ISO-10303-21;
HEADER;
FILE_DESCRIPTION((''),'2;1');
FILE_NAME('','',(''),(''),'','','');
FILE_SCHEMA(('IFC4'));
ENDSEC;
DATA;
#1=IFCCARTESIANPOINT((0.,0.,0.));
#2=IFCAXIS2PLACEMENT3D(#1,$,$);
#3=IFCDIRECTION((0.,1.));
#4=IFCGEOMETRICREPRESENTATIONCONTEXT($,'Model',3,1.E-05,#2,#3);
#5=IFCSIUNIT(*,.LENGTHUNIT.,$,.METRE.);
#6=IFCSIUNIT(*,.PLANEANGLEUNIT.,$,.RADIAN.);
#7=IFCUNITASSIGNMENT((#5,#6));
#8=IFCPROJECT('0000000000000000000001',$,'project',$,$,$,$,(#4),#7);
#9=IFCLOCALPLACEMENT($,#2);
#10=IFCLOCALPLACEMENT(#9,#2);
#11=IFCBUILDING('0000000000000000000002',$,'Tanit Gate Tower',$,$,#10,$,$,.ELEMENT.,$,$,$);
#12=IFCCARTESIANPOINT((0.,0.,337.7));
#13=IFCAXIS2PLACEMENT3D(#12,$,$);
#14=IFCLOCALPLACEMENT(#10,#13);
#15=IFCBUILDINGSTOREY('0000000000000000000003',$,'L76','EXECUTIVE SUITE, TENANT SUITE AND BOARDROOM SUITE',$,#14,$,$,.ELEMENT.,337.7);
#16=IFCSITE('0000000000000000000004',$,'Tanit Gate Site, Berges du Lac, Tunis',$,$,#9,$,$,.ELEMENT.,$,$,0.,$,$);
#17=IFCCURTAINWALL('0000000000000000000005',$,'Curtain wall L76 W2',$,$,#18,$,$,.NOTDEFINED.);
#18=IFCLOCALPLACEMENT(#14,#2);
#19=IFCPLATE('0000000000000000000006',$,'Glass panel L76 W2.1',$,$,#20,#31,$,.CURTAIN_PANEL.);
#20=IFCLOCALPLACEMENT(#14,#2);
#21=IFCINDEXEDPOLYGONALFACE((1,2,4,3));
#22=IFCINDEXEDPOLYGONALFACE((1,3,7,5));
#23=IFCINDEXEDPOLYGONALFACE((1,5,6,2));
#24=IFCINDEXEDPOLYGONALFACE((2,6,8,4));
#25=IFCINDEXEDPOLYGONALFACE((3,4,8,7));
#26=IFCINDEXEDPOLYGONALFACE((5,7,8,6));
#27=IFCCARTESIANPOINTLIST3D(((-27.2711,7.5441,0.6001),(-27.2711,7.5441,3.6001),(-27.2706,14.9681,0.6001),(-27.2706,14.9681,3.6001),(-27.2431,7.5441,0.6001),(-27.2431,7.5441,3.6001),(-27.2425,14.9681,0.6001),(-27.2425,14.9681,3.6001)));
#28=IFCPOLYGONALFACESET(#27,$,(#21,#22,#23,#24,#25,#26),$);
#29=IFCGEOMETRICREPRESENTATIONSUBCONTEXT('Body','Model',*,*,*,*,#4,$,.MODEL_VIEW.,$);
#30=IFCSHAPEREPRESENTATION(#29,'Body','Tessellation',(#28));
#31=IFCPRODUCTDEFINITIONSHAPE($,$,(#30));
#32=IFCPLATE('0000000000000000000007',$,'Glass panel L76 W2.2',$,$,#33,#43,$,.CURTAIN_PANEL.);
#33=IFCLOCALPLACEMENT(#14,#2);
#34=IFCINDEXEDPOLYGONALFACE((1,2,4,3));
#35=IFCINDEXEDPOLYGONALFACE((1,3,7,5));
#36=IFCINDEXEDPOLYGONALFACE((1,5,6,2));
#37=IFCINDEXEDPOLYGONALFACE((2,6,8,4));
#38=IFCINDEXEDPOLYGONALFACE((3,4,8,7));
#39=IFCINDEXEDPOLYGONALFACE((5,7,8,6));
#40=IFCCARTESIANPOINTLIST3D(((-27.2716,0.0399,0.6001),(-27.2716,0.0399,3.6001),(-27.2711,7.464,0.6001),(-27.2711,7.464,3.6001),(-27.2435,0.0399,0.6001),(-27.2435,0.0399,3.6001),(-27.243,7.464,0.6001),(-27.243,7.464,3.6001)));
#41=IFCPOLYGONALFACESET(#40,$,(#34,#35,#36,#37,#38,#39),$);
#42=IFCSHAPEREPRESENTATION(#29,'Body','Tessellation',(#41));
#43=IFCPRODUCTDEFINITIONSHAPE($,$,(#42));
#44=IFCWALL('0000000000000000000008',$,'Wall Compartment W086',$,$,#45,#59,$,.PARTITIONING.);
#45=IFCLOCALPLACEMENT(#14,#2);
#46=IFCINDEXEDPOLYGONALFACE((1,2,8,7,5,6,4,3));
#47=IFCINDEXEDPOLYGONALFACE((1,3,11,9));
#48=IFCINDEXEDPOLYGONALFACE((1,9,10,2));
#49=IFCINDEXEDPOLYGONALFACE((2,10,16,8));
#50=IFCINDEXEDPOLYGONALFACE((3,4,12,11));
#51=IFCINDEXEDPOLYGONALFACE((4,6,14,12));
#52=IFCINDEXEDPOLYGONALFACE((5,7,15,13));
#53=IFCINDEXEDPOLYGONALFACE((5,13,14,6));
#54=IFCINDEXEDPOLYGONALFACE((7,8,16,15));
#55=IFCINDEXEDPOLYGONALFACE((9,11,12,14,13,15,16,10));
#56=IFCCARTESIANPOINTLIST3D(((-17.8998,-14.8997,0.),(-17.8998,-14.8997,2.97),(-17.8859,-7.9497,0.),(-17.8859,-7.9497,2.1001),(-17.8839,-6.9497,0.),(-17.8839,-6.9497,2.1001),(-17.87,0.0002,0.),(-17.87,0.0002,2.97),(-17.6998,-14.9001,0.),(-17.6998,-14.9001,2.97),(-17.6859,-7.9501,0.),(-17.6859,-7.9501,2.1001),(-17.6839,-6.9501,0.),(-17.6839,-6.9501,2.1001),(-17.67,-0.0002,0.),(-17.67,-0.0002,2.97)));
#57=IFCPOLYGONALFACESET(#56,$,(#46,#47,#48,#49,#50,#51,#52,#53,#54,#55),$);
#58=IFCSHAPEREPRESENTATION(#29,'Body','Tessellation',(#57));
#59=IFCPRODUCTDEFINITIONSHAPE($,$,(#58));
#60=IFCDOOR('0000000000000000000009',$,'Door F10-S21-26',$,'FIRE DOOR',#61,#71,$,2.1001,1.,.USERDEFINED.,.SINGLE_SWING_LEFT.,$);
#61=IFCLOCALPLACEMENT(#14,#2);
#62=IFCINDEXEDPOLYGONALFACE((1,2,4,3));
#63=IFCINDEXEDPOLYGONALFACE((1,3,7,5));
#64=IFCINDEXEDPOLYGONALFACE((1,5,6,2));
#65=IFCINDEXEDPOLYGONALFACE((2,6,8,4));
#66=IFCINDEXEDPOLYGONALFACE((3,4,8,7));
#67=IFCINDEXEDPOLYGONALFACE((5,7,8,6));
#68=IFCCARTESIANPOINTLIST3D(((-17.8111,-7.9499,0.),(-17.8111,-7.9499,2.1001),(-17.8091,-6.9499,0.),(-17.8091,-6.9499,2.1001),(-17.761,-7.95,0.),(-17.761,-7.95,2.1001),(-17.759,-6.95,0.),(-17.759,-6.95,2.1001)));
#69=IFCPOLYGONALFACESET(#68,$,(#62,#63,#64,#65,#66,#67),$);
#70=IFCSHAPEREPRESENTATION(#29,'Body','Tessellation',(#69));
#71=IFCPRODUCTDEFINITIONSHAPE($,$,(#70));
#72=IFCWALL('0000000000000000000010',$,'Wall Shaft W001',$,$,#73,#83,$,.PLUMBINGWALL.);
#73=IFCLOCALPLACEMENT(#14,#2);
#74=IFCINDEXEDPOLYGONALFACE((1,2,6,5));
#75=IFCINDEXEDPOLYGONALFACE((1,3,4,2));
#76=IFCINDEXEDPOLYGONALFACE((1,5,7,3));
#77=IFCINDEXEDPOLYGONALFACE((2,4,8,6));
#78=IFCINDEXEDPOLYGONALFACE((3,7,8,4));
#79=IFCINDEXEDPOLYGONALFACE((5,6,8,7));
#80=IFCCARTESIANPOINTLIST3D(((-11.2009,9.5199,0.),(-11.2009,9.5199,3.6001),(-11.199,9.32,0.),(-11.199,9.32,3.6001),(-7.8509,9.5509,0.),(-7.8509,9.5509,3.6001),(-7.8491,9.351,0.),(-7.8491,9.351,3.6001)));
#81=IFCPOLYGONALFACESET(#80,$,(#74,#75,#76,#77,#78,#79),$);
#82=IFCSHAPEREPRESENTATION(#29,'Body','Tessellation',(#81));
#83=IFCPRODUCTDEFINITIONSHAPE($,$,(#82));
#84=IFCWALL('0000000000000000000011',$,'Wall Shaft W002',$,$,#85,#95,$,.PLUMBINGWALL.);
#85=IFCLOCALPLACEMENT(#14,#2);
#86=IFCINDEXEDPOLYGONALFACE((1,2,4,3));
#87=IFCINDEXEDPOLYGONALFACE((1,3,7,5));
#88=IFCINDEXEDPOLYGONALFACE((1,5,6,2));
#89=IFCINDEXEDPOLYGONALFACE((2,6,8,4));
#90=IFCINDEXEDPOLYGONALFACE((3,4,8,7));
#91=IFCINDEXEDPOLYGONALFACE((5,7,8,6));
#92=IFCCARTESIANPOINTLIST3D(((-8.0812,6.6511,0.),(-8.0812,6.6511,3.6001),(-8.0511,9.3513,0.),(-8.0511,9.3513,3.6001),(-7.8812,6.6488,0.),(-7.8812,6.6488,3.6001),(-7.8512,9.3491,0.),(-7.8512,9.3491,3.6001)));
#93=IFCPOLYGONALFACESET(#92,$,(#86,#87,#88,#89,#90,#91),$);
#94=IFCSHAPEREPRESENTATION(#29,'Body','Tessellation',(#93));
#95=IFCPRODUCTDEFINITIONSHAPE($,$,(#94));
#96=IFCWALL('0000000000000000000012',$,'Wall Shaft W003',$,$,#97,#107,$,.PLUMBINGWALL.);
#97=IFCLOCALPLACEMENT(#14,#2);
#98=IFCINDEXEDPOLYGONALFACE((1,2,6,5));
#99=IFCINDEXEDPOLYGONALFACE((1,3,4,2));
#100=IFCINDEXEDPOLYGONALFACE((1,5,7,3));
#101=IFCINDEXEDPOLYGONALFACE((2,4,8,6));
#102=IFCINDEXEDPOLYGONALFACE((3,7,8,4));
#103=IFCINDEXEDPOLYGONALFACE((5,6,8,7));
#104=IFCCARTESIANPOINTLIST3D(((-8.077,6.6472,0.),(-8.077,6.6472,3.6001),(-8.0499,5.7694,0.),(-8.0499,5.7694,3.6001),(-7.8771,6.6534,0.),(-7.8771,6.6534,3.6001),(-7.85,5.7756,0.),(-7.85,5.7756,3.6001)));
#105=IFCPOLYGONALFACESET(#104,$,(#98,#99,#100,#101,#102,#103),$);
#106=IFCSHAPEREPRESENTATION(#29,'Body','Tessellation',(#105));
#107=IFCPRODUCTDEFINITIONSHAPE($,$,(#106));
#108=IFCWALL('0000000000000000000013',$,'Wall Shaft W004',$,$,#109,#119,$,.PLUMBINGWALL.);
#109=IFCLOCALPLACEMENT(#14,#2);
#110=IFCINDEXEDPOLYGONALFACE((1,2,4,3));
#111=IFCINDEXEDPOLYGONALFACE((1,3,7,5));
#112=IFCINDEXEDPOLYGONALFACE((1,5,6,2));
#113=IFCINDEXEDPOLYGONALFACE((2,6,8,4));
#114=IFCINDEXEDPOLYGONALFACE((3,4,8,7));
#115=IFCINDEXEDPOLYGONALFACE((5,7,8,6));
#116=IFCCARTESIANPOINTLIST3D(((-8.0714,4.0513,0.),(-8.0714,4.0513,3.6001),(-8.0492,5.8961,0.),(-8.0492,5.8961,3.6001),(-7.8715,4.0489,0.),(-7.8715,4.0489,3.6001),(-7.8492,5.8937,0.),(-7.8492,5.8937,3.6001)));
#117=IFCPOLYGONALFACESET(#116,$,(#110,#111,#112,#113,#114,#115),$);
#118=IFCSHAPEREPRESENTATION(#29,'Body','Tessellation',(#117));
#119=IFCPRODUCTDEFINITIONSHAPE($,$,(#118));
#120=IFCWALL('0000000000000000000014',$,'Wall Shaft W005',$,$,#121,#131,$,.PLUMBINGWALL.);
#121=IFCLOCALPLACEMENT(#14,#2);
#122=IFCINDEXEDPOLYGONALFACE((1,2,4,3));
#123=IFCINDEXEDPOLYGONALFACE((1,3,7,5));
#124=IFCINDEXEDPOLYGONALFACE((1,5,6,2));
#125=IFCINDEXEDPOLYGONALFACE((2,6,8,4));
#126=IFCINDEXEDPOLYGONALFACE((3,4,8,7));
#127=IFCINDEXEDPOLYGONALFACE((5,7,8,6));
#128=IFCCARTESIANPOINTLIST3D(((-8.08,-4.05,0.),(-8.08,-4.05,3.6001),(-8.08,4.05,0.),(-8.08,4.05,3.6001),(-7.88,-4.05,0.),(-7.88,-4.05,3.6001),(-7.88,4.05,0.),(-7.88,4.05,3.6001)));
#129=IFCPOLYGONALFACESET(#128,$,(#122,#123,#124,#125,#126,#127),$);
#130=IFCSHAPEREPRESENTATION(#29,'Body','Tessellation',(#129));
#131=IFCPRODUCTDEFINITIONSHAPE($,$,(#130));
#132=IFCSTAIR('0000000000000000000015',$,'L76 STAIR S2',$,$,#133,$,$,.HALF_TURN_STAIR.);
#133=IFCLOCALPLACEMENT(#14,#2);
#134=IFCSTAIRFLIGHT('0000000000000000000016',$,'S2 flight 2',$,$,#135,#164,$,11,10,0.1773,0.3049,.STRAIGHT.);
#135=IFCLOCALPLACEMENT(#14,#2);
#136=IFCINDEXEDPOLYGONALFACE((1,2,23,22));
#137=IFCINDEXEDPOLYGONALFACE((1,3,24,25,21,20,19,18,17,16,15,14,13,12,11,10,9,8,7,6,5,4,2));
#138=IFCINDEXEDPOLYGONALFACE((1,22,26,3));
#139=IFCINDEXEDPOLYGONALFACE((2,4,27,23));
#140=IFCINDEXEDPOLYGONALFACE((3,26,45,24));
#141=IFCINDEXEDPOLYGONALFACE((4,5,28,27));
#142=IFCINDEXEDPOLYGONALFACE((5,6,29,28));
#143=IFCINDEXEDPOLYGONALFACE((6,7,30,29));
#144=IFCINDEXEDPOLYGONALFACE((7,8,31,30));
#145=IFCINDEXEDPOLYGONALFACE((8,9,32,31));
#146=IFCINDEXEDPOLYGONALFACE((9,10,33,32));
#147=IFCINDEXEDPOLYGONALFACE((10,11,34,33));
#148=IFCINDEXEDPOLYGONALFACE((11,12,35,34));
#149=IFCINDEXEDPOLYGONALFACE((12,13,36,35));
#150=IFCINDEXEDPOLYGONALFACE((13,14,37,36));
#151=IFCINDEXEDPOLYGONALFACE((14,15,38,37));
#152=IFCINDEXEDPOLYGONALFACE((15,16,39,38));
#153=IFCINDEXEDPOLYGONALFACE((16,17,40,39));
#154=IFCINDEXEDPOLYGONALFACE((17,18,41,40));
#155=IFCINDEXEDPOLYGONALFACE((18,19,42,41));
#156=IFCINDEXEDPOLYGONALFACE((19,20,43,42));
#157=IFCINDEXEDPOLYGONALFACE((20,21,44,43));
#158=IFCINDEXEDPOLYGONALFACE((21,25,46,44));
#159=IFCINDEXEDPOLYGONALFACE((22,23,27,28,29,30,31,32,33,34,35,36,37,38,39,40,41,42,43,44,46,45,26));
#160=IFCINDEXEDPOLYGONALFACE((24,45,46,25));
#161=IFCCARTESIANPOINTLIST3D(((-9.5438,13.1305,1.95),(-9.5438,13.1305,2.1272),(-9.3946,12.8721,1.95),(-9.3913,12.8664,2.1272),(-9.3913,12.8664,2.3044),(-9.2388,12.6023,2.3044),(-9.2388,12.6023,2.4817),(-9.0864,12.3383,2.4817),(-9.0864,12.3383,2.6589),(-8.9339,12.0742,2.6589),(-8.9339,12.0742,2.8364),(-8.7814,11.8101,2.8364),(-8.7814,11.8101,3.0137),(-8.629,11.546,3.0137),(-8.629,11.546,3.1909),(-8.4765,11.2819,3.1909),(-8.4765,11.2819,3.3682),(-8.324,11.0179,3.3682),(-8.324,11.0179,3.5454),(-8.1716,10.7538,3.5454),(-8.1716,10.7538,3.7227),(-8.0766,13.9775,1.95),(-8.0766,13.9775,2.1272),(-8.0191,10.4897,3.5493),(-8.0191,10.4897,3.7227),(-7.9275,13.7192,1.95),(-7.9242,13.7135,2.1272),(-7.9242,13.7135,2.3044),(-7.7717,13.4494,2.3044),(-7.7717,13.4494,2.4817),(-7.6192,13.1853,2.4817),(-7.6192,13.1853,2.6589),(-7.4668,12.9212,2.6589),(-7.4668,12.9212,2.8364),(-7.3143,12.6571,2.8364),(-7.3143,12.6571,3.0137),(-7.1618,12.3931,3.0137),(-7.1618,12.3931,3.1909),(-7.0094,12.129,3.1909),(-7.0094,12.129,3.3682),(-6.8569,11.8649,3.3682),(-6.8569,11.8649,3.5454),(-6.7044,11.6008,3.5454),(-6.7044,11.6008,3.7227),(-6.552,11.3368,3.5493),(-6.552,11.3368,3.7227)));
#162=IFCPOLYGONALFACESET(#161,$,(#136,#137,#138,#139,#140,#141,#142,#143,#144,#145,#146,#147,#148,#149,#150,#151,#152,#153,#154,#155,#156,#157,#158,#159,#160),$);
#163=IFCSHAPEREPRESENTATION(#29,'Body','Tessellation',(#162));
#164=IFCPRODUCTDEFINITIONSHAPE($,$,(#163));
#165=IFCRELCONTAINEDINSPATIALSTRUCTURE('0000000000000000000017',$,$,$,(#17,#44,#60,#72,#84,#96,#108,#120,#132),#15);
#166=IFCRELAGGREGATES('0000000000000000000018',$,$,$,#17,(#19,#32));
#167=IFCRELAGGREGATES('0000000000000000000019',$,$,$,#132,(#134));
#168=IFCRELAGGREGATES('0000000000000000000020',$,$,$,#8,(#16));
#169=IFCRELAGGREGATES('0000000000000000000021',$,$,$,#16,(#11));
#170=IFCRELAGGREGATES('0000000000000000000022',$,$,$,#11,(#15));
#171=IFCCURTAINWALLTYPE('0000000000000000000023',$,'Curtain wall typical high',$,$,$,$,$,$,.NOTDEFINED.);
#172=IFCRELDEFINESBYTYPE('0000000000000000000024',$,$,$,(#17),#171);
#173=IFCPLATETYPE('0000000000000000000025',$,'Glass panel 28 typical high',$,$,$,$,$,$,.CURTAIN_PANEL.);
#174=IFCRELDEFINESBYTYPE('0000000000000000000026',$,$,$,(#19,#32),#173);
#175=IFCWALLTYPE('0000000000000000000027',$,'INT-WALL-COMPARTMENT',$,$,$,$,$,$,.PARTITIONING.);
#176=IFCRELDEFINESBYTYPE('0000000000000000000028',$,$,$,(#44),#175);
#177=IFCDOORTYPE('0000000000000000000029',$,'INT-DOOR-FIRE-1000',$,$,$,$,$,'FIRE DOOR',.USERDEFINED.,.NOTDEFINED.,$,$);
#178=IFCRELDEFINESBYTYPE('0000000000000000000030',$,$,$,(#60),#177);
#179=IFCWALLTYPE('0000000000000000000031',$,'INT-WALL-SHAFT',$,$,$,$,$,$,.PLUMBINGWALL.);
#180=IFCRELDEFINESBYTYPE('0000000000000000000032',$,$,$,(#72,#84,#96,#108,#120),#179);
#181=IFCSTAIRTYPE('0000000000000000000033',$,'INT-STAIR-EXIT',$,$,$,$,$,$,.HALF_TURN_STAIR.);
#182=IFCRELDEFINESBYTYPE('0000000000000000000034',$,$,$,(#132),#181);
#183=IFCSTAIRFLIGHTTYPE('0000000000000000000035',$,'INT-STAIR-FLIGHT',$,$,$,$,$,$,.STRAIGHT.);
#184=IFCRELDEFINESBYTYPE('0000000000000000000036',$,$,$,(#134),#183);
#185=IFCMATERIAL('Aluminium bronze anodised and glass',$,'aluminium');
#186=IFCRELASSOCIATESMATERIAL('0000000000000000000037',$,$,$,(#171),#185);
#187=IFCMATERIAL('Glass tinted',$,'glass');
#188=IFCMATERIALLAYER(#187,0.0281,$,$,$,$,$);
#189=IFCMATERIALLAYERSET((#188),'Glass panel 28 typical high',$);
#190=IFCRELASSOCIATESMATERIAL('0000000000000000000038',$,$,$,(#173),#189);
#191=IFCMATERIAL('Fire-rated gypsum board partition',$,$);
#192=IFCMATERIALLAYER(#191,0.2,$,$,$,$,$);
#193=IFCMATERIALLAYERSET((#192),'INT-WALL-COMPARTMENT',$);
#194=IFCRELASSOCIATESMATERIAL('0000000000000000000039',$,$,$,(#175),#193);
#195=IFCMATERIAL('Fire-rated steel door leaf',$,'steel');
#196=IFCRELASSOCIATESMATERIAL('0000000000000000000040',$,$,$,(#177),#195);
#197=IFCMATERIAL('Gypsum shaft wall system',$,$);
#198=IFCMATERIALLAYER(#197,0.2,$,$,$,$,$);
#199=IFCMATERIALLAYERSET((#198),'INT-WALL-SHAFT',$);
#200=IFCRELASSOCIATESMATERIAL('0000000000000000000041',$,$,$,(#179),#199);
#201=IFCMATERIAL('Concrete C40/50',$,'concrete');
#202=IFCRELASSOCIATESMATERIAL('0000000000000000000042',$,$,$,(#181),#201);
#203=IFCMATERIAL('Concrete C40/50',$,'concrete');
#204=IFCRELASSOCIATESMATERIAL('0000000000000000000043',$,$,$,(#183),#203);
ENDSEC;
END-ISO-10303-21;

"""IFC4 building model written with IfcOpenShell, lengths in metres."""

from ifc_helpers import new_model, si_unit, direction, frame, frame_2d, origin, origin_2d, place, context, subcontext, project, spatial, polyline, rectangle, outline, extrude, material, layer, layer_set, type_object, element, fill, aggregate, save


model = new_model("IFC4")

# Units and contexts
model_context = context("Model", 3, precision=1e-05, world=origin(), true_north=direction((0.0, 1.0)))
body_context = subcontext(model_context, "Body", "Model", "MODEL_VIEW")
ifc_project = project(units=[si_unit("LENGTHUNIT", "METRE"), si_unit("PLANEANGLEUNIT", "RADIAN")], contexts=[model_context])

# Site, building, storey
site_placement = place(None, origin())
site = spatial("IfcSite", under=ifc_project, at=site_placement, Name="Tanit Gate Site, Berges du Lac, Tunis", CompositionType="ELEMENT", RefElevation=0.0)
building_placement = place(site_placement, origin())
building = spatial("IfcBuilding", under=site, at=building_placement, Name="Tanit Gate Tower", CompositionType="ELEMENT")
storey_placement = place(building_placement, frame((0.0, 0.0, 337.7)))
storey = spatial("IfcBuildingStorey", under=building, at=storey_placement, Name="L76", Description="EXECUTIVE SUITE, TENANT SUITE AND BOARDROOM SUITE", CompositionType="ELEMENT", Elevation=337.7)

# Curtain wall
ifc_material_1 = material(Name="Aluminium bronze anodised and glass", Category="aluminium")
curtain_wall_type = type_object("IfcCurtainWallType", Name="Curtain wall typical high", PredefinedType="NOTDEFINED", material=ifc_material_1)
curtain_wall_1_placement = place(storey_placement, origin())
curtain_wall_1 = element("IfcCurtainWall", 1, at=curtain_wall_1_placement, inside=storey, type_object=curtain_wall_type, Name="Curtain wall L76 W2", PredefinedType="NOTDEFINED")

# Plates
ifc_material_2 = material(Name="Glass tinted", Category="glass")
ifc_layer_1 = layer(ifc_material_2, 0.0281)
ifc_layer_set_1 = layer_set([ifc_layer_1], Name="Glass panel 28 typical high")
plate_type = type_object("IfcPlateType", Name="Glass panel 28 typical high", PredefinedType="CURTAIN_PANEL", material=ifc_layer_set_1)
plate_1_placement = place(storey_placement, frame((-27.2568, 11.2561, 0.6001), z_axis=(0.0, 0.0, 1.0), x_axis=(-0.000069, -1.0, 0.0)))
plate_1 = element("IfcPlate", 2, at=plate_1_placement, type_object=plate_type, Name="Glass panel L76 W2.1", PredefinedType="CURTAIN_PANEL", context=body_context, shape_type="SweptSolid", body=[
    extrude(rectangle(XDim=7.4241, YDim=0.0281, at=origin_2d()), origin(), (0.0, 0.0, 1.0), 3.0),
])
plate_2_placement = place(storey_placement, frame((-27.2573, 3.752, 0.6001), z_axis=(0.0, 0.0, 1.0), x_axis=(-0.000069, -1.0, 0.0)))
plate_2 = element("IfcPlate", 3, at=plate_2_placement, type_object=plate_type, Name="Glass panel L76 W2.2", PredefinedType="CURTAIN_PANEL", context=body_context, shape_type="SweptSolid", body=[
    extrude(rectangle(XDim=7.4241, YDim=0.0281, at=origin_2d()), origin(), (0.0, 0.0, 1.0), 3.0),
])
aggregate(curtain_wall_1, [plate_1, plate_2])

# Wall, opening, door
ifc_material_3 = material(Name="Fire-rated gypsum board partition")
ifc_layer_2 = layer(ifc_material_3, 0.2)
ifc_layer_set_2 = layer_set([ifc_layer_2], Name="INT-WALL-COMPARTMENT")
wall_type_1 = type_object("IfcWallType", Name="INT-WALL-COMPARTMENT", PredefinedType="PARTITIONING", material=ifc_layer_set_2)
wall_1_placement = place(storey_placement, frame((-17.77, 0.0, 0.0), z_axis=(0.0, 0.0, 1.0), x_axis=(-0.001999, -0.999998, 0.0)))
wall_1 = element("IfcWall", 4, at=wall_1_placement, inside=storey, type_object=wall_type_1, Name="Wall Compartment W086", PredefinedType="PARTITIONING", context=body_context, shape_type="SweptSolid", body=[
    extrude(rectangle(XDim=14.8999, YDim=0.2, at=frame_2d((7.45, 0.0))), origin(), (0.0, 0.0, 1.0), 2.97),
])
opening_placement = place(wall_1_placement, frame((6.95, 0.0, 0.0)))
opening = element("IfcOpeningElement", 5, at=opening_placement, cuts=wall_1, PredefinedType="OPENING", context=body_context, shape_type="SweptSolid", body=[
    extrude(rectangle(XDim=1.0, YDim=2.1001, at=frame_2d((0.5, 1.05))), frame((0.0, 0.1099, 0.0), z_axis=(0.0, -1.0, 0.0), x_axis=(1.0, 0.0, 0.0)), (0.0, 0.0, 1.0), 0.22),
])
ifc_material_4 = material(Name="Fire-rated steel door leaf", Category="steel")
door_type = type_object("IfcDoorType", Name="INT-DOOR-FIRE-1000", ElementType="FIRE DOOR", OperationType="NOTDEFINED", PredefinedType="USERDEFINED", material=ifc_material_4)
door_placement = place(opening_placement, origin())
door = element("IfcDoor", 6, at=door_placement, inside=storey, type_object=door_type, Name="Door F10-S21-26", ObjectType="FIRE DOOR", OperationType="SINGLE_SWING_LEFT", OverallHeight=2.1001, OverallWidth=1.0, PredefinedType="USERDEFINED", context=body_context, shape_type="SweptSolid", body=[
    extrude(rectangle(XDim=1.0, YDim=2.1001, at=frame_2d((0.5, 1.05))), frame((0.0, 0.0249, 0.0), z_axis=(0.0, -1.0, 0.0), x_axis=(1.0, 0.0, 0.0)), (0.0, 0.0, 1.0), 0.05),
])
fill(opening, door)

# Walls
ifc_material_5 = material(Name="Gypsum shaft wall system")
ifc_layer_3 = layer(ifc_material_5, 0.2)
ifc_layer_set_3 = layer_set([ifc_layer_3], Name="INT-WALL-SHAFT")
wall_type_2 = type_object("IfcWallType", Name="INT-WALL-SHAFT", PredefinedType="PLUMBINGWALL", material=ifc_layer_set_3)
wall_2_placement = place(storey_placement, frame((-11.2, 9.4199, 0.0), z_axis=(0.0, 0.0, 1.0), x_axis=(0.999957, 0.009255, 0.0)))
element("IfcWall", 7, at=wall_2_placement, inside=storey, type_object=wall_type_2, Name="Wall Shaft W001", PredefinedType="PLUMBINGWALL", context=body_context, shape_type="SweptSolid", body=[
    extrude(rectangle(XDim=3.3501, YDim=0.2, at=frame_2d((1.675, 0.0))), origin(), (0.0, 0.0, 1.0), 3.6001),
])
wall_3_placement = place(storey_placement, frame((-7.9512, 9.3501, 0.0), z_axis=(0.0, 0.0, 1.0), x_axis=(-0.01112, -0.999938, 0.0)))
element("IfcWall", 8, at=wall_3_placement, inside=storey, type_object=wall_type_2, Name="Wall Shaft W002", PredefinedType="PLUMBINGWALL", context=body_context, shape_type="SweptSolid", body=[
    extrude(rectangle(XDim=2.7004, YDim=0.2, at=frame_2d((1.3501, 0.0))), origin(), (0.0, 0.0, 1.0), 3.6001),
])
wall_4_placement = place(storey_placement, frame((-7.9771, 6.6501, 0.0), z_axis=(0.0, 0.0, 1.0), x_axis=(0.030862, -0.999524, 0.0)))
element("IfcWall", 9, at=wall_4_placement, inside=storey, type_object=wall_type_2, Name="Wall Shaft W003", PredefinedType="PLUMBINGWALL", context=body_context, shape_type="SweptSolid", body=[
    extrude(rectangle(XDim=0.8782, YDim=0.2, at=frame_2d((0.439, 0.0))), origin(), (0.0, 0.0, 1.0), 3.6001),
])
wall_5_placement = place(storey_placement, frame((-7.9492, 5.8948, 0.0), z_axis=(0.0, 0.0, 1.0), x_axis=(-0.012043, -0.999927, 0.0)))
element("IfcWall", 10, at=wall_5_placement, inside=storey, type_object=wall_type_2, Name="Wall Shaft W004", PredefinedType="PLUMBINGWALL", context=body_context, shape_type="SweptSolid", body=[
    extrude(rectangle(XDim=1.845, YDim=0.2, at=frame_2d((0.9224, 0.0))), origin(), (0.0, 0.0, 1.0), 3.6001),
])
wall_6_placement = place(storey_placement, frame((-7.98, 4.05, 0.0), z_axis=(0.0, 0.0, 1.0), x_axis=(0.0, -1.0, 0.0)))
element("IfcWall", 11, at=wall_6_placement, inside=storey, type_object=wall_type_2, Name="Wall Shaft W005", PredefinedType="PLUMBINGWALL", context=body_context, shape_type="SweptSolid", body=[
    extrude(rectangle(XDim=8.1001, YDim=0.2, at=frame_2d((4.05, 0.0))), origin(), (0.0, 0.0, 1.0), 3.6001),
])

# Stair, stair flight
ifc_material_6 = material(Name="Concrete C40/50", Category="concrete")
stair_type = type_object("IfcStairType", Name="INT-STAIR-EXIT", PredefinedType="HALF_TURN_STAIR", material=ifc_material_6)
stair_placement = place(storey_placement, origin())
stair = element("IfcStair", 12, at=stair_placement, inside=storey, type_object=stair_type, Name="L76 STAIR S2", PredefinedType="HALF_TURN_STAIR")
ifc_material_7 = material(Name="Concrete C40/50", Category="concrete")
stair_flight_type = type_object("IfcStairFlightType", Name="INT-STAIR-FLIGHT", PredefinedType="STRAIGHT", material=ifc_material_7)
stair_flight_placement = place(storey_placement, frame((-8.8103, 13.554, 1.95), z_axis=(0.0, 0.0, 1.0), x_axis=(0.5, -0.866025, 0.0)))
stair_flight = element("IfcStairFlight", 13, at=stair_flight_placement, type_object=stair_flight_type, Name="S2 flight 2", NumberOfRisers=11, NumberOfTreads=10, PredefinedType="STRAIGHT", RiserHeight=0.1773, TreadLength=0.3049, context=body_context, shape_type="SweptSolid", body=[
    extrude(outline(polyline([(0.0, 0.0), (0.0, 0.1772), (0.3049, 0.1772), (0.3049, 0.3545), (0.6099, 0.3545), (0.6099, 0.5317), (0.9148, 0.5317), (0.9148, 0.709), (1.2197, 0.709), (1.2197, 0.8865), (1.5247, 0.8865), (1.5247, 1.0637), (1.8296, 1.0637), (1.8296, 1.241), (2.1345, 1.241), (2.1345, 1.4182), (2.4395, 1.4182), (2.4395, 1.5955), (2.7444, 1.5955), (2.7444, 1.7727), (3.0493, 1.7727), (3.0493, 1.95), (3.0493, 1.5994), (0.2983, 0.0), (0.0, 0.0)])), frame((0.0, 0.8472, 0.0), z_axis=(0.0, -1.0, 0.0), x_axis=(1.0, 0.0, 0.0)), (0.0, 0.0, 1.0), 1.6941),
])
aggregate(stair, [stair_flight])

save(model, "model.ifc")
